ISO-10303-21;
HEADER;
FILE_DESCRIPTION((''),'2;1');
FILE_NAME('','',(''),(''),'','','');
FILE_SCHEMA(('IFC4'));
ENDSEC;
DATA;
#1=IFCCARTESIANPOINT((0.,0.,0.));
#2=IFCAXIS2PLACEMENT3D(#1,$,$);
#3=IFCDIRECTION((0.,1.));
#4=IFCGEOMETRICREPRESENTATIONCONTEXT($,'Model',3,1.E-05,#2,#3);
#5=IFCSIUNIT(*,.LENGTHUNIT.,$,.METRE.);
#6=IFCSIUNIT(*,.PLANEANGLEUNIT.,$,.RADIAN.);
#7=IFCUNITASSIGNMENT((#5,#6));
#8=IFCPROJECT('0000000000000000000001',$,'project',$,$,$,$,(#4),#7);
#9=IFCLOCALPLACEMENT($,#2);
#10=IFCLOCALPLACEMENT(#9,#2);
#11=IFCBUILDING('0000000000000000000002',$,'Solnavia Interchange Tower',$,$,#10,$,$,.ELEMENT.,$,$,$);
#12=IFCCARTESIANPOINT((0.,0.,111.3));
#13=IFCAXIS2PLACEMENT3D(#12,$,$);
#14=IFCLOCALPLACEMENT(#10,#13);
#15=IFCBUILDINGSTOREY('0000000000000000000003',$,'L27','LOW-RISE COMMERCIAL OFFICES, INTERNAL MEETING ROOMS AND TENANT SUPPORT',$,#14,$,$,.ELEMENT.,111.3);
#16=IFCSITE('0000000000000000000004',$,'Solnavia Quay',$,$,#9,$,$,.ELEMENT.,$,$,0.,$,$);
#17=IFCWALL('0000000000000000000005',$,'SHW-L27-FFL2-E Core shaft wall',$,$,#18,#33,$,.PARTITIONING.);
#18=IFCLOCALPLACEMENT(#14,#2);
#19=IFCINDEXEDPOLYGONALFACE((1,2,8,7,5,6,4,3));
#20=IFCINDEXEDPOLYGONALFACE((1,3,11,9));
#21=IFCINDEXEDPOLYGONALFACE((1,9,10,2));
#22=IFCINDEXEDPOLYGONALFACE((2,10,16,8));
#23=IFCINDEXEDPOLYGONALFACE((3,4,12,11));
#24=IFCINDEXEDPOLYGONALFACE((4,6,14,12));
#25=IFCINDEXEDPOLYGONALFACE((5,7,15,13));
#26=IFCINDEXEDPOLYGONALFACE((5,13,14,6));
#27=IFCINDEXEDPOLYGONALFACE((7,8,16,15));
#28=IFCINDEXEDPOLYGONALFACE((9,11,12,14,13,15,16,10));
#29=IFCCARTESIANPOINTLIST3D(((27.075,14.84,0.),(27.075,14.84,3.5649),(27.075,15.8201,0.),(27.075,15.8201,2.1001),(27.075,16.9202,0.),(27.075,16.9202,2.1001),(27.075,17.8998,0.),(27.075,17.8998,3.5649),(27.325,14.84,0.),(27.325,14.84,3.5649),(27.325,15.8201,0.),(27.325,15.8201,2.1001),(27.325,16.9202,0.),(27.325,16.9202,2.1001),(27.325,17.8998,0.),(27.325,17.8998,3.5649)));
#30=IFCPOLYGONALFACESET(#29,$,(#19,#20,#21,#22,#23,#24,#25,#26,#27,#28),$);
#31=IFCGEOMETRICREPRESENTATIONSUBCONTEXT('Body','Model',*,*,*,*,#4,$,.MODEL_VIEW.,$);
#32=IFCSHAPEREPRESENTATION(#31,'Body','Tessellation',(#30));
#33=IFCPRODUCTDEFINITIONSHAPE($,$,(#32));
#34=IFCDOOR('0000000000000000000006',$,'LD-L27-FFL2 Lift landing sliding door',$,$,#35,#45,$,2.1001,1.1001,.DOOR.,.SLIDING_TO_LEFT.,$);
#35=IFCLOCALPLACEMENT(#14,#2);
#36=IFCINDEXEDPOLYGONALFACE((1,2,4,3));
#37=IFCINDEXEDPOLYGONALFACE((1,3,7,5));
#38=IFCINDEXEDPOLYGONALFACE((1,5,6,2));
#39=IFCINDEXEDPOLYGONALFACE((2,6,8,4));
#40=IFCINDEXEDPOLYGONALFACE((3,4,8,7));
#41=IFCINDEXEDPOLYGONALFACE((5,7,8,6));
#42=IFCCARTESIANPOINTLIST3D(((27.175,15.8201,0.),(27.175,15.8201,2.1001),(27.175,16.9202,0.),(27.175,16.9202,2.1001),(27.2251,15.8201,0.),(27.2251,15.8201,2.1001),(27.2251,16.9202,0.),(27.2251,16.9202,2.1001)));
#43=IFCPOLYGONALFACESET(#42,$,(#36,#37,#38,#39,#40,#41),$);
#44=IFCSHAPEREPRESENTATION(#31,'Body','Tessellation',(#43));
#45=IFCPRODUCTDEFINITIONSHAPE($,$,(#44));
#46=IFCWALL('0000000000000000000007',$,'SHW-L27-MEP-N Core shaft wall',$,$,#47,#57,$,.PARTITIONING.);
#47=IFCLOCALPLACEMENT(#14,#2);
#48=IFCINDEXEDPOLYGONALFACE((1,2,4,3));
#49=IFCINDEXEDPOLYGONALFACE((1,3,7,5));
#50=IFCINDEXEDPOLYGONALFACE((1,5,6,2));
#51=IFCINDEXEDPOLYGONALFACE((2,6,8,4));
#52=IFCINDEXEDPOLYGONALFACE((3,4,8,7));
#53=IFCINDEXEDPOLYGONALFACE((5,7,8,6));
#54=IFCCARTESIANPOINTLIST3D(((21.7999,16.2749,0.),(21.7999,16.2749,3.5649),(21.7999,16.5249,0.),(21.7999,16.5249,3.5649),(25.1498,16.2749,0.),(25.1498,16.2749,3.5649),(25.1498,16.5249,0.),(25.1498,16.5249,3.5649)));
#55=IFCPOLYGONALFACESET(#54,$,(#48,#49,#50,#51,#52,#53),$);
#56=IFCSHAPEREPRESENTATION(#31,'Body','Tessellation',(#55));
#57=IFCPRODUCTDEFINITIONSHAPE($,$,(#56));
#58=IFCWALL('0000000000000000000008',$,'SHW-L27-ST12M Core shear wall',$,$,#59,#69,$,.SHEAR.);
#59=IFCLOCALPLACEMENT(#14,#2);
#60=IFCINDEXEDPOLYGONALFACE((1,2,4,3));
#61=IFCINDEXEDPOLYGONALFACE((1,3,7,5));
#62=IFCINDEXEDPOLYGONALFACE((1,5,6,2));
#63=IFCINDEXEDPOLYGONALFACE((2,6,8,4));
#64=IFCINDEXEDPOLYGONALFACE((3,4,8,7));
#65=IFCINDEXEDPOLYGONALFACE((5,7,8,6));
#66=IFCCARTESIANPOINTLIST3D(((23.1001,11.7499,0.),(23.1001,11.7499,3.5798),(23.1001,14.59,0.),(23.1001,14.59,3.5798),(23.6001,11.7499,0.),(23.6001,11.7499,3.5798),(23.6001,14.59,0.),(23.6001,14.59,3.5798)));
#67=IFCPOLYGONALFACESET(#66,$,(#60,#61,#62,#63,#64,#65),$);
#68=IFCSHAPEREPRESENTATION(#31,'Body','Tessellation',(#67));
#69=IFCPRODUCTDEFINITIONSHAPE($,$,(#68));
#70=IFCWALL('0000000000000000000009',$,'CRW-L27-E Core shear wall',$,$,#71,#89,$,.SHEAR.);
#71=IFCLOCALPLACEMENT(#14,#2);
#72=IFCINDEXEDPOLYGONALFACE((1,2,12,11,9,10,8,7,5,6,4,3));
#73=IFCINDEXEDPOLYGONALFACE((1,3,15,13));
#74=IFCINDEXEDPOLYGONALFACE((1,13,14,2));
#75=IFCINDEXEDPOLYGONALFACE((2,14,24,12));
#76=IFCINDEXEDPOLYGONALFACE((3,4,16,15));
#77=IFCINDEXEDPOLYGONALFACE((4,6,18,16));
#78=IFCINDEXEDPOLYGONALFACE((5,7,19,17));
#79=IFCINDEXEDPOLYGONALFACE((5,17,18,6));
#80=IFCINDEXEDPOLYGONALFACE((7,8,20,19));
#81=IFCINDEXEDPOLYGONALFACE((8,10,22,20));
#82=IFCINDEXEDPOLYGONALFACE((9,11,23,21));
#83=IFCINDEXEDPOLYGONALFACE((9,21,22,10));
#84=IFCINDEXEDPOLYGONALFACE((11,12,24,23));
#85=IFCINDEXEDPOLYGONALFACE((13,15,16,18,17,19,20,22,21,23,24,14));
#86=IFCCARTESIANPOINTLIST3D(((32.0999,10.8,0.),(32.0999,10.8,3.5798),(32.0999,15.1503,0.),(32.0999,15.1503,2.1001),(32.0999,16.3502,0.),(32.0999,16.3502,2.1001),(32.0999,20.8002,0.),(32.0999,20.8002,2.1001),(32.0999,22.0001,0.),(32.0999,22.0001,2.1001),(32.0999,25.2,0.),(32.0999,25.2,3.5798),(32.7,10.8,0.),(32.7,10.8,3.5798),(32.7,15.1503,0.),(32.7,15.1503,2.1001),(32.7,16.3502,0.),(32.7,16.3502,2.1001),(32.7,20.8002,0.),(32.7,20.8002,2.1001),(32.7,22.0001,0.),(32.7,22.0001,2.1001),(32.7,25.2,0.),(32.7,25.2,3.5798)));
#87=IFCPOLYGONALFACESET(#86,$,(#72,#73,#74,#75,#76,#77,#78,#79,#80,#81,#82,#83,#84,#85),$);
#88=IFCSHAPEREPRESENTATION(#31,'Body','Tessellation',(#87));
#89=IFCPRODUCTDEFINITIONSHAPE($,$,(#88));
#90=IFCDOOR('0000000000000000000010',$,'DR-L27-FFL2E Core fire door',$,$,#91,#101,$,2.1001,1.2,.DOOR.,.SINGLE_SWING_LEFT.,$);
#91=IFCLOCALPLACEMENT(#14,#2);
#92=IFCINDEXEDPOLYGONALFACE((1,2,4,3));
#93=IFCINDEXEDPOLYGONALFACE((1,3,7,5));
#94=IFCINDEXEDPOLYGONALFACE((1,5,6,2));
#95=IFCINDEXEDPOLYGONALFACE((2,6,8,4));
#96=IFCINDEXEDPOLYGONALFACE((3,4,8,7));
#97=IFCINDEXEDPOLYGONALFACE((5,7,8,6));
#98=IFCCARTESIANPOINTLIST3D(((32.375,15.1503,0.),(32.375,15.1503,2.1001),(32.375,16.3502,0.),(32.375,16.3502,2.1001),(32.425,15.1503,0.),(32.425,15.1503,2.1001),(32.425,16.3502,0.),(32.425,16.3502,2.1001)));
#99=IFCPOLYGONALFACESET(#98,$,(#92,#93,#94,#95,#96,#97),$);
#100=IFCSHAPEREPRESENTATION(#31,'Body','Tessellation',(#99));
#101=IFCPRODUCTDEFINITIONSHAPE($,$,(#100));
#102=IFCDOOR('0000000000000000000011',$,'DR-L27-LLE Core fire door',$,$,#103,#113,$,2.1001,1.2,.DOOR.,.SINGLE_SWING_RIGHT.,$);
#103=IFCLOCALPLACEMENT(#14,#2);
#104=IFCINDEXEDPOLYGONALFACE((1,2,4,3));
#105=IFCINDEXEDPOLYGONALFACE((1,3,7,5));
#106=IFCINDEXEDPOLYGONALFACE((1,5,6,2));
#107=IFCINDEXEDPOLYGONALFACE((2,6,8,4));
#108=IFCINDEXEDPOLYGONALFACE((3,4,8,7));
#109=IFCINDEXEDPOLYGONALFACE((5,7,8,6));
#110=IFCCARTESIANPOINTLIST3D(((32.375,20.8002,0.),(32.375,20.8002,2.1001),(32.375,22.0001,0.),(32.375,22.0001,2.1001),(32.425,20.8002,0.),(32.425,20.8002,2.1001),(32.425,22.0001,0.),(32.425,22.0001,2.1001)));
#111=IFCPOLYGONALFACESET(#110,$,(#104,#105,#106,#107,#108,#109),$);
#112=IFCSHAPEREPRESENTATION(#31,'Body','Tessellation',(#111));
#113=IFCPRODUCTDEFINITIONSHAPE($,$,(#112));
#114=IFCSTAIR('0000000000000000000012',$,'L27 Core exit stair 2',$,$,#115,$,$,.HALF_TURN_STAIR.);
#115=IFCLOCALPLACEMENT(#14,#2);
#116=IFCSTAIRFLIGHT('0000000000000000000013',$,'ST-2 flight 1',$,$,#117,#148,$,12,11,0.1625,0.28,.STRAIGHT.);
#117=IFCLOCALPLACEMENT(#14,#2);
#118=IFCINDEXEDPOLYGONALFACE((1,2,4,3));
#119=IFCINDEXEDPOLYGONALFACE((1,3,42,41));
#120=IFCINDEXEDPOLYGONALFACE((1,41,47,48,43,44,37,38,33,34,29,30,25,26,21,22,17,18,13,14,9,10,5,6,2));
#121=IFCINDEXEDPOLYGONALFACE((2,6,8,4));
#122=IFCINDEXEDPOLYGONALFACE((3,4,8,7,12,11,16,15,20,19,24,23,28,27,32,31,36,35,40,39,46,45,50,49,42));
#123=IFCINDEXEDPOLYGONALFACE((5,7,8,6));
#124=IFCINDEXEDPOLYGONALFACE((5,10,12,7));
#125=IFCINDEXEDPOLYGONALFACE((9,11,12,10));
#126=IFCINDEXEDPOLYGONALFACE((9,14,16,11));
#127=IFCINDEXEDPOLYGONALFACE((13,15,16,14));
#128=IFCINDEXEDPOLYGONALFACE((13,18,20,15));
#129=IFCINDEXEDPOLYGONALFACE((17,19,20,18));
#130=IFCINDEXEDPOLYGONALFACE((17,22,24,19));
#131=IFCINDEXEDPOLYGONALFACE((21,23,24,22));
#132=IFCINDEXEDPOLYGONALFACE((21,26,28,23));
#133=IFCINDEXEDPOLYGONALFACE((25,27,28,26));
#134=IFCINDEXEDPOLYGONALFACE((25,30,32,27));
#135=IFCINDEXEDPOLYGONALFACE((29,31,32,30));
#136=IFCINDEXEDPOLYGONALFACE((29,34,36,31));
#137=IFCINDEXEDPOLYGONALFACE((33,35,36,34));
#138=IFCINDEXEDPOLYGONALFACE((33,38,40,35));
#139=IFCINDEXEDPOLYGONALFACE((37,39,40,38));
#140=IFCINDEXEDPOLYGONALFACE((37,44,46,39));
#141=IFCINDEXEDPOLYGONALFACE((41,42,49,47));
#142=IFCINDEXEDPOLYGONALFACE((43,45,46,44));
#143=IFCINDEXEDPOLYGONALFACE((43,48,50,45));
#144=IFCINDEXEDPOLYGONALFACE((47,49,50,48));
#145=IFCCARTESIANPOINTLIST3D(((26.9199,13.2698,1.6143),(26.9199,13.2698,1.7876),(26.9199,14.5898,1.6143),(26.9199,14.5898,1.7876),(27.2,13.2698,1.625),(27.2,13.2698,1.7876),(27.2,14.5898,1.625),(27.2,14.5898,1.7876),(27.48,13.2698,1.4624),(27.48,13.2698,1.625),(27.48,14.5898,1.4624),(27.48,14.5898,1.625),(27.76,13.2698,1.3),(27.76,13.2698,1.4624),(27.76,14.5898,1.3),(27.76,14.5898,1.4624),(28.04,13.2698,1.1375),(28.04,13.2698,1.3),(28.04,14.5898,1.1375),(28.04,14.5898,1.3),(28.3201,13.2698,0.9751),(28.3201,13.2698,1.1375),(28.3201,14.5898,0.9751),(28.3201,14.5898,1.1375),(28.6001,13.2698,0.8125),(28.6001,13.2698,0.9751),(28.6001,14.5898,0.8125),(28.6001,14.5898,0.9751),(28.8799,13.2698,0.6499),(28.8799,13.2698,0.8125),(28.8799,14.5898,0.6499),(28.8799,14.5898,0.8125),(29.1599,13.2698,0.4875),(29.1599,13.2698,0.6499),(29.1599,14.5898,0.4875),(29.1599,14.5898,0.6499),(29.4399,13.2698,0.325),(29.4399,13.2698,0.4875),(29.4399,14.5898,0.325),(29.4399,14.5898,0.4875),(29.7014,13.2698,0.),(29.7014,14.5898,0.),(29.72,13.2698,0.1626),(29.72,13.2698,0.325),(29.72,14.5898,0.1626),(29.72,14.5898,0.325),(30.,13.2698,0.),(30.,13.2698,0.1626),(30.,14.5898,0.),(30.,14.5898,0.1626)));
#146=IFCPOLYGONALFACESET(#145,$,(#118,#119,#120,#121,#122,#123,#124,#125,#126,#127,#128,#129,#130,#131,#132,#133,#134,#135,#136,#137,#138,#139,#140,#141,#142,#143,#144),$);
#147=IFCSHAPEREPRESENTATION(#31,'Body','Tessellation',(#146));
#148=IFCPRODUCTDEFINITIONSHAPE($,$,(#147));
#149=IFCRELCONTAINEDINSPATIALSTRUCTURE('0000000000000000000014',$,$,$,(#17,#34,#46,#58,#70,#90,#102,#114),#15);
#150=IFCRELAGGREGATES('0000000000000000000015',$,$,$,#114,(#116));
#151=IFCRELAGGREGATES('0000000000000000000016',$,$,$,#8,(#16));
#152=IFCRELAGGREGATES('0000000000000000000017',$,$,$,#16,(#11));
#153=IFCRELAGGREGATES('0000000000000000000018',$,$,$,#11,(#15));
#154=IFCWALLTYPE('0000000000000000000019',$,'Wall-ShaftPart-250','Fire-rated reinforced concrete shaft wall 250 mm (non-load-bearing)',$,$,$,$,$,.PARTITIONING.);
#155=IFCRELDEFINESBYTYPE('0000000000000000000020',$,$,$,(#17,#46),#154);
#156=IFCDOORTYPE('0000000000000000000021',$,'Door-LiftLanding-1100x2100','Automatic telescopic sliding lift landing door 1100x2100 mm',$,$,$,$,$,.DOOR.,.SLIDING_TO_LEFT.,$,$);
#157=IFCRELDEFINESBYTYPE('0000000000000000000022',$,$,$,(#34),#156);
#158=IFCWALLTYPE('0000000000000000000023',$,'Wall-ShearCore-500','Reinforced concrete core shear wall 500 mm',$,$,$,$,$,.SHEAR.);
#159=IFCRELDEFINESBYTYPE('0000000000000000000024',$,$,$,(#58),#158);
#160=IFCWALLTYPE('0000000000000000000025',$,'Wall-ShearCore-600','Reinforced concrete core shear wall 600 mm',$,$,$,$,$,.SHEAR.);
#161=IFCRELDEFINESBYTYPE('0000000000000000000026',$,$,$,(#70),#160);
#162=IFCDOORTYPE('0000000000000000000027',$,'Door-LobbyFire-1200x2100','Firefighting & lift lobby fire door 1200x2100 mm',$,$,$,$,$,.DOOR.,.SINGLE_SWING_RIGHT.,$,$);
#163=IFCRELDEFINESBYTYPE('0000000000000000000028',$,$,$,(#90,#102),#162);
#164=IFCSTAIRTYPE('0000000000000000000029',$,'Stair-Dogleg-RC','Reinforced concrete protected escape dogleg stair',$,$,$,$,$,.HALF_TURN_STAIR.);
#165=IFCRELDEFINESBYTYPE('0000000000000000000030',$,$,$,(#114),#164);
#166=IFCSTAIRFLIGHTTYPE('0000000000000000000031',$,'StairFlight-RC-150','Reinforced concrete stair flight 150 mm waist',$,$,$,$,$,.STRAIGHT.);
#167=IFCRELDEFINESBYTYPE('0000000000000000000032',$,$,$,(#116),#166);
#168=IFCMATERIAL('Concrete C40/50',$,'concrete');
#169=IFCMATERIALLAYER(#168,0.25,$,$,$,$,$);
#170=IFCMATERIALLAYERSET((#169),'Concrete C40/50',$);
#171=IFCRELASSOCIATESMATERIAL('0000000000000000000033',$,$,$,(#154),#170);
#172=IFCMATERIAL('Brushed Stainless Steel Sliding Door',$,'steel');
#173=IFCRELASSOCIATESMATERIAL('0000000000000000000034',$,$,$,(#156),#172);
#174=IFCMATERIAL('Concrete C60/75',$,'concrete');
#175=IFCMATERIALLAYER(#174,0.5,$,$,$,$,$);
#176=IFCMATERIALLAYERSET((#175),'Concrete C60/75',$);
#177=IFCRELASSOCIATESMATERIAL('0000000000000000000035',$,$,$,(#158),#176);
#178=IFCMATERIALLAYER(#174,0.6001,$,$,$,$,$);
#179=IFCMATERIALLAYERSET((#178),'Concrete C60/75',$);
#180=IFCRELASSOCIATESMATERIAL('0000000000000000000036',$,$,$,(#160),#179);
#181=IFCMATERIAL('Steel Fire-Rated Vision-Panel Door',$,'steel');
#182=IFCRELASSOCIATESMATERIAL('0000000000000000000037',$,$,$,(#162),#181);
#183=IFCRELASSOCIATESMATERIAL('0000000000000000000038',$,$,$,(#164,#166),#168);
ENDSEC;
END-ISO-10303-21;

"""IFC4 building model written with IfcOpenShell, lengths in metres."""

from ifc_helpers import new_model, si_unit, direction, frame, frame_2d, origin, place, context, subcontext, project, spatial, polyline, rectangle, outline, extrude, material, layer, layer_set, type_object, element, fill, aggregate, save


model = new_model("IFC4")

# Units and contexts
model_context = context("Model", 3, precision=1e-05, world=origin(), true_north=direction((0.0, 1.0)))
body_context = subcontext(model_context, "Body", "Model", "MODEL_VIEW")
ifc_project = project(units=[si_unit("LENGTHUNIT", "METRE"), si_unit("PLANEANGLEUNIT", "RADIAN")], contexts=[model_context])

# Site, building, storey
site_placement = place(None, origin())
site = spatial("IfcSite", under=ifc_project, at=site_placement, Name="Solnavia Quay", CompositionType="ELEMENT", RefElevation=0.0)
building_placement = place(site_placement, origin())
building = spatial("IfcBuilding", under=site, at=building_placement, Name="Solnavia Interchange Tower", CompositionType="ELEMENT")
storey_placement = place(building_placement, frame((0.0, 0.0, 111.3)))
storey = spatial("IfcBuildingStorey", under=building, at=storey_placement, Name="L27", Description="LOW-RISE COMMERCIAL OFFICES, INTERNAL MEETING ROOMS AND TENANT SUPPORT", CompositionType="ELEMENT", Elevation=111.3)

# Shared definitions
ifc_material_1 = material(Name="Concrete C40/50", Category="concrete")

# Shared definitions
ifc_layer_1 = layer(ifc_material_1, 0.25)
ifc_layer_set_1 = layer_set([ifc_layer_1], Name="Concrete C40/50")
wall_type_1 = type_object("IfcWallType", Name="Wall-ShaftPart-250", Description="Fire-rated reinforced concrete shaft wall 250 mm (non-load-bearing)", PredefinedType="PARTITIONING", material=ifc_layer_set_1)

# Wall, opening, door
wall_1_placement = place(storey_placement, frame((27.2, 14.8401, 0.0), z_axis=(0.0, 0.0, 1.0), x_axis=(0.0, 1.0, 0.0)))
wall_1 = element("IfcWall", 1, at=wall_1_placement, inside=storey, type_object=wall_type_1, Name="SHW-L27-FFL2-E Core shaft wall", PredefinedType="PARTITIONING", context=body_context, shape_type="SweptSolid", body=[
    extrude(rectangle(XDim=3.0598, YDim=0.25, at=frame_2d((1.5298, 0.0))), origin(), (0.0, 0.0, 1.0), 3.5649),
])
opening_1_placement = place(wall_1_placement, frame((0.98, 0.0, 0.0)))
opening_1 = element("IfcOpeningElement", 2, at=opening_1_placement, cuts=wall_1, PredefinedType="OPENING", context=body_context, shape_type="SweptSolid", body=[
    extrude(rectangle(XDim=1.1001, YDim=2.1001, at=frame_2d((0.55, 1.05))), frame((0.0, 0.135, 0.0), z_axis=(0.0, -1.0, 0.0), x_axis=(1.0, 0.0, 0.0)), (0.0, 0.0, 1.0), 0.27),
])
ifc_material_2 = material(Name="Brushed Stainless Steel Sliding Door", Category="steel")
door_type_1 = type_object("IfcDoorType", Name="Door-LiftLanding-1100x2100", Description="Automatic telescopic sliding lift landing door 1100x2100 mm", OperationType="SLIDING_TO_LEFT", PredefinedType="DOOR", material=ifc_material_2)
door_1_placement = place(opening_1_placement, origin())
door_1 = element("IfcDoor", 3, at=door_1_placement, inside=storey, type_object=door_type_1, Name="LD-L27-FFL2 Lift landing sliding door", OperationType="SLIDING_TO_LEFT", OverallHeight=2.1001, OverallWidth=1.1001, PredefinedType="DOOR", context=body_context, shape_type="SweptSolid", body=[
    extrude(rectangle(XDim=1.1001, YDim=2.1001, at=frame_2d((0.55, 1.05))), frame((0.0, 0.0249, 0.0), z_axis=(0.0, -1.0, 0.0), x_axis=(1.0, 0.0, 0.0)), (0.0, 0.0, 1.0), 0.05),
])
fill(opening_1, door_1)

# Walls
wall_2_placement = place(storey_placement, frame((21.8, 16.3999, 0.0), z_axis=(0.0, 0.0, 1.0), x_axis=(1.0, 0.0, 0.0)))
element("IfcWall", 4, at=wall_2_placement, inside=storey, type_object=wall_type_1, Name="SHW-L27-MEP-N Core shaft wall", PredefinedType="PARTITIONING", context=body_context, shape_type="SweptSolid", body=[
    extrude(rectangle(XDim=3.3499, YDim=0.25, at=frame_2d((1.6748, 0.0))), origin(), (0.0, 0.0, 1.0), 3.5649),
])
ifc_material_3 = material(Name="Concrete C60/75", Category="concrete")
ifc_layer_2 = layer(ifc_material_3, 0.5)
ifc_layer_set_2 = layer_set([ifc_layer_2], Name="Concrete C60/75")
wall_type_2 = type_object("IfcWallType", Name="Wall-ShearCore-500", Description="Reinforced concrete core shear wall 500 mm", PredefinedType="SHEAR", material=ifc_layer_set_2)
wall_3_placement = place(storey_placement, frame((23.3501, 11.75, 0.0), z_axis=(0.0, 0.0, 1.0), x_axis=(0.0, 1.0, 0.0)))
element("IfcWall", 5, at=wall_3_placement, inside=storey, type_object=wall_type_2, Name="SHW-L27-ST12M Core shear wall", PredefinedType="SHEAR", context=body_context, shape_type="SweptSolid", body=[
    extrude(rectangle(XDim=2.8401, YDim=0.5, at=frame_2d((1.4199, 0.0))), origin(), (0.0, 0.0, 1.0), 3.5798),
])

# Wall, openings, doors
ifc_layer_3 = layer(ifc_material_3, 0.6001)
ifc_layer_set_3 = layer_set([ifc_layer_3], Name="Concrete C60/75")
wall_type_3 = type_object("IfcWallType", Name="Wall-ShearCore-600", Description="Reinforced concrete core shear wall 600 mm", PredefinedType="SHEAR", material=ifc_layer_set_3)
wall_4_placement = place(storey_placement, frame((32.3999, 10.8, 0.0), z_axis=(0.0, 0.0, 1.0), x_axis=(0.0, 1.0, 0.0)))
wall_4 = element("IfcWall", 6, at=wall_4_placement, inside=storey, type_object=wall_type_3, Name="CRW-L27-E Core shear wall", PredefinedType="SHEAR", context=body_context, shape_type="SweptSolid", body=[
    extrude(rectangle(XDim=14.3999, YDim=0.6001, at=frame_2d((7.2, 0.0))), origin(), (0.0, 0.0, 1.0), 3.5798),
])
opening_2_placement = place(wall_4_placement, frame((4.3501, 0.0, 0.0)))
opening_2 = element("IfcOpeningElement", 7, at=opening_2_placement, cuts=wall_4, PredefinedType="OPENING", context=body_context, shape_type="SweptSolid", body=[
    extrude(rectangle(XDim=1.2, YDim=2.1001, at=frame_2d((0.6001, 1.05))), frame((0.0, 0.3101, 0.0), z_axis=(0.0, -1.0, 0.0), x_axis=(1.0, 0.0, 0.0)), (0.0, 0.0, 1.0), 0.6201),
])
opening_3_placement = place(wall_4_placement, frame((10.0, 0.0, 0.0)))
opening_3 = element("IfcOpeningElement", 8, at=opening_3_placement, cuts=wall_4, PredefinedType="OPENING", context=body_context, shape_type="SweptSolid", body=[
    extrude(rectangle(XDim=1.2, YDim=2.1001, at=frame_2d((0.6001, 1.05))), frame((0.0, 0.3101, 0.0), z_axis=(0.0, -1.0, 0.0), x_axis=(1.0, 0.0, 0.0)), (0.0, 0.0, 1.0), 0.6201),
])
ifc_material_4 = material(Name="Steel Fire-Rated Vision-Panel Door", Category="steel")
door_type_2 = type_object("IfcDoorType", Name="Door-LobbyFire-1200x2100", Description="Firefighting & lift lobby fire door 1200x2100 mm", OperationType="SINGLE_SWING_RIGHT", PredefinedType="DOOR", material=ifc_material_4)
door_2_placement = place(opening_2_placement, origin())
door_2 = element("IfcDoor", 9, at=door_2_placement, inside=storey, type_object=door_type_2, Name="DR-L27-FFL2E Core fire door", OperationType="SINGLE_SWING_LEFT", OverallHeight=2.1001, OverallWidth=1.2, PredefinedType="DOOR", context=body_context, shape_type="SweptSolid", body=[
    extrude(rectangle(XDim=1.2, YDim=2.1001, at=frame_2d((0.6001, 1.05))), frame((0.0, 0.0249, 0.0), z_axis=(0.0, -1.0, 0.0), x_axis=(1.0, 0.0, 0.0)), (0.0, 0.0, 1.0), 0.05),
])
fill(opening_2, door_2)
door_3_placement = place(opening_3_placement, origin())
door_3 = element("IfcDoor", 10, at=door_3_placement, inside=storey, type_object=door_type_2, Name="DR-L27-LLE Core fire door", OperationType="SINGLE_SWING_RIGHT", OverallHeight=2.1001, OverallWidth=1.2, PredefinedType="DOOR", context=body_context, shape_type="SweptSolid", body=[
    extrude(rectangle(XDim=1.2, YDim=2.1001, at=frame_2d((0.6001, 1.05))), frame((0.0, 0.0249, 0.0), z_axis=(0.0, -1.0, 0.0), x_axis=(1.0, 0.0, 0.0)), (0.0, 0.0, 1.0), 0.05),
])
fill(opening_3, door_3)

# Stair, stair flight
stair_type = type_object("IfcStairType", Name="Stair-Dogleg-RC", Description="Reinforced concrete protected escape dogleg stair", PredefinedType="HALF_TURN_STAIR", material=ifc_material_1)
stair_placement = place(storey_placement, origin())
stair = element("IfcStair", 11, at=stair_placement, inside=storey, type_object=stair_type, Name="L27 Core exit stair 2", PredefinedType="HALF_TURN_STAIR")
stair_flight_type = type_object("IfcStairFlightType", Name="StairFlight-RC-150", Description="Reinforced concrete stair flight 150 mm waist", PredefinedType="STRAIGHT", material=ifc_material_1)
stair_flight_1_placement = place(storey_placement, frame((30.0, 13.9299, 0.0), z_axis=(0.0, 0.0, 1.0), x_axis=(-1.0, 0.0, 0.0)))
stair_flight_1 = element("IfcStairFlight", 12, at=stair_flight_1_placement, type_object=stair_flight_type, Name="ST-2 flight 1", NumberOfRisers=12, NumberOfTreads=11, PredefinedType="STRAIGHT", RiserHeight=0.1625, TreadLength=0.28, context=body_context, shape_type="SweptSolid", body=[
    extrude(outline(polyline([(0.0, 0.0), (0.0, 0.1626), (0.28, 0.1626), (0.28, 0.325), (0.5601, 0.325), (0.5601, 0.4875), (0.8401, 0.4875), (0.8401, 0.6499), (1.1201, 0.6499), (1.1201, 0.8125), (1.3999, 0.8125), (1.3999, 0.9751), (1.6799, 0.9751), (1.6799, 1.1375), (1.96, 1.1375), (1.96, 1.3), (2.24, 1.3), (2.24, 1.4624), (2.52, 1.4624), (2.52, 1.625), (2.8, 1.625), (2.8, 1.7876), (3.0801, 1.7876), (3.0801, 1.95), (3.0801, 1.6143), (0.2986, 0.0), (0.0, 0.0)])), frame((0.0, 0.6602, 0.0), z_axis=(0.0, -1.0, 0.0), x_axis=(1.0, 0.0, 0.0)), (0.0, 0.0, 1.0), 1.3201),
])
aggregate(stair, [stair_flight_1])

save(model, "model.ifc")
